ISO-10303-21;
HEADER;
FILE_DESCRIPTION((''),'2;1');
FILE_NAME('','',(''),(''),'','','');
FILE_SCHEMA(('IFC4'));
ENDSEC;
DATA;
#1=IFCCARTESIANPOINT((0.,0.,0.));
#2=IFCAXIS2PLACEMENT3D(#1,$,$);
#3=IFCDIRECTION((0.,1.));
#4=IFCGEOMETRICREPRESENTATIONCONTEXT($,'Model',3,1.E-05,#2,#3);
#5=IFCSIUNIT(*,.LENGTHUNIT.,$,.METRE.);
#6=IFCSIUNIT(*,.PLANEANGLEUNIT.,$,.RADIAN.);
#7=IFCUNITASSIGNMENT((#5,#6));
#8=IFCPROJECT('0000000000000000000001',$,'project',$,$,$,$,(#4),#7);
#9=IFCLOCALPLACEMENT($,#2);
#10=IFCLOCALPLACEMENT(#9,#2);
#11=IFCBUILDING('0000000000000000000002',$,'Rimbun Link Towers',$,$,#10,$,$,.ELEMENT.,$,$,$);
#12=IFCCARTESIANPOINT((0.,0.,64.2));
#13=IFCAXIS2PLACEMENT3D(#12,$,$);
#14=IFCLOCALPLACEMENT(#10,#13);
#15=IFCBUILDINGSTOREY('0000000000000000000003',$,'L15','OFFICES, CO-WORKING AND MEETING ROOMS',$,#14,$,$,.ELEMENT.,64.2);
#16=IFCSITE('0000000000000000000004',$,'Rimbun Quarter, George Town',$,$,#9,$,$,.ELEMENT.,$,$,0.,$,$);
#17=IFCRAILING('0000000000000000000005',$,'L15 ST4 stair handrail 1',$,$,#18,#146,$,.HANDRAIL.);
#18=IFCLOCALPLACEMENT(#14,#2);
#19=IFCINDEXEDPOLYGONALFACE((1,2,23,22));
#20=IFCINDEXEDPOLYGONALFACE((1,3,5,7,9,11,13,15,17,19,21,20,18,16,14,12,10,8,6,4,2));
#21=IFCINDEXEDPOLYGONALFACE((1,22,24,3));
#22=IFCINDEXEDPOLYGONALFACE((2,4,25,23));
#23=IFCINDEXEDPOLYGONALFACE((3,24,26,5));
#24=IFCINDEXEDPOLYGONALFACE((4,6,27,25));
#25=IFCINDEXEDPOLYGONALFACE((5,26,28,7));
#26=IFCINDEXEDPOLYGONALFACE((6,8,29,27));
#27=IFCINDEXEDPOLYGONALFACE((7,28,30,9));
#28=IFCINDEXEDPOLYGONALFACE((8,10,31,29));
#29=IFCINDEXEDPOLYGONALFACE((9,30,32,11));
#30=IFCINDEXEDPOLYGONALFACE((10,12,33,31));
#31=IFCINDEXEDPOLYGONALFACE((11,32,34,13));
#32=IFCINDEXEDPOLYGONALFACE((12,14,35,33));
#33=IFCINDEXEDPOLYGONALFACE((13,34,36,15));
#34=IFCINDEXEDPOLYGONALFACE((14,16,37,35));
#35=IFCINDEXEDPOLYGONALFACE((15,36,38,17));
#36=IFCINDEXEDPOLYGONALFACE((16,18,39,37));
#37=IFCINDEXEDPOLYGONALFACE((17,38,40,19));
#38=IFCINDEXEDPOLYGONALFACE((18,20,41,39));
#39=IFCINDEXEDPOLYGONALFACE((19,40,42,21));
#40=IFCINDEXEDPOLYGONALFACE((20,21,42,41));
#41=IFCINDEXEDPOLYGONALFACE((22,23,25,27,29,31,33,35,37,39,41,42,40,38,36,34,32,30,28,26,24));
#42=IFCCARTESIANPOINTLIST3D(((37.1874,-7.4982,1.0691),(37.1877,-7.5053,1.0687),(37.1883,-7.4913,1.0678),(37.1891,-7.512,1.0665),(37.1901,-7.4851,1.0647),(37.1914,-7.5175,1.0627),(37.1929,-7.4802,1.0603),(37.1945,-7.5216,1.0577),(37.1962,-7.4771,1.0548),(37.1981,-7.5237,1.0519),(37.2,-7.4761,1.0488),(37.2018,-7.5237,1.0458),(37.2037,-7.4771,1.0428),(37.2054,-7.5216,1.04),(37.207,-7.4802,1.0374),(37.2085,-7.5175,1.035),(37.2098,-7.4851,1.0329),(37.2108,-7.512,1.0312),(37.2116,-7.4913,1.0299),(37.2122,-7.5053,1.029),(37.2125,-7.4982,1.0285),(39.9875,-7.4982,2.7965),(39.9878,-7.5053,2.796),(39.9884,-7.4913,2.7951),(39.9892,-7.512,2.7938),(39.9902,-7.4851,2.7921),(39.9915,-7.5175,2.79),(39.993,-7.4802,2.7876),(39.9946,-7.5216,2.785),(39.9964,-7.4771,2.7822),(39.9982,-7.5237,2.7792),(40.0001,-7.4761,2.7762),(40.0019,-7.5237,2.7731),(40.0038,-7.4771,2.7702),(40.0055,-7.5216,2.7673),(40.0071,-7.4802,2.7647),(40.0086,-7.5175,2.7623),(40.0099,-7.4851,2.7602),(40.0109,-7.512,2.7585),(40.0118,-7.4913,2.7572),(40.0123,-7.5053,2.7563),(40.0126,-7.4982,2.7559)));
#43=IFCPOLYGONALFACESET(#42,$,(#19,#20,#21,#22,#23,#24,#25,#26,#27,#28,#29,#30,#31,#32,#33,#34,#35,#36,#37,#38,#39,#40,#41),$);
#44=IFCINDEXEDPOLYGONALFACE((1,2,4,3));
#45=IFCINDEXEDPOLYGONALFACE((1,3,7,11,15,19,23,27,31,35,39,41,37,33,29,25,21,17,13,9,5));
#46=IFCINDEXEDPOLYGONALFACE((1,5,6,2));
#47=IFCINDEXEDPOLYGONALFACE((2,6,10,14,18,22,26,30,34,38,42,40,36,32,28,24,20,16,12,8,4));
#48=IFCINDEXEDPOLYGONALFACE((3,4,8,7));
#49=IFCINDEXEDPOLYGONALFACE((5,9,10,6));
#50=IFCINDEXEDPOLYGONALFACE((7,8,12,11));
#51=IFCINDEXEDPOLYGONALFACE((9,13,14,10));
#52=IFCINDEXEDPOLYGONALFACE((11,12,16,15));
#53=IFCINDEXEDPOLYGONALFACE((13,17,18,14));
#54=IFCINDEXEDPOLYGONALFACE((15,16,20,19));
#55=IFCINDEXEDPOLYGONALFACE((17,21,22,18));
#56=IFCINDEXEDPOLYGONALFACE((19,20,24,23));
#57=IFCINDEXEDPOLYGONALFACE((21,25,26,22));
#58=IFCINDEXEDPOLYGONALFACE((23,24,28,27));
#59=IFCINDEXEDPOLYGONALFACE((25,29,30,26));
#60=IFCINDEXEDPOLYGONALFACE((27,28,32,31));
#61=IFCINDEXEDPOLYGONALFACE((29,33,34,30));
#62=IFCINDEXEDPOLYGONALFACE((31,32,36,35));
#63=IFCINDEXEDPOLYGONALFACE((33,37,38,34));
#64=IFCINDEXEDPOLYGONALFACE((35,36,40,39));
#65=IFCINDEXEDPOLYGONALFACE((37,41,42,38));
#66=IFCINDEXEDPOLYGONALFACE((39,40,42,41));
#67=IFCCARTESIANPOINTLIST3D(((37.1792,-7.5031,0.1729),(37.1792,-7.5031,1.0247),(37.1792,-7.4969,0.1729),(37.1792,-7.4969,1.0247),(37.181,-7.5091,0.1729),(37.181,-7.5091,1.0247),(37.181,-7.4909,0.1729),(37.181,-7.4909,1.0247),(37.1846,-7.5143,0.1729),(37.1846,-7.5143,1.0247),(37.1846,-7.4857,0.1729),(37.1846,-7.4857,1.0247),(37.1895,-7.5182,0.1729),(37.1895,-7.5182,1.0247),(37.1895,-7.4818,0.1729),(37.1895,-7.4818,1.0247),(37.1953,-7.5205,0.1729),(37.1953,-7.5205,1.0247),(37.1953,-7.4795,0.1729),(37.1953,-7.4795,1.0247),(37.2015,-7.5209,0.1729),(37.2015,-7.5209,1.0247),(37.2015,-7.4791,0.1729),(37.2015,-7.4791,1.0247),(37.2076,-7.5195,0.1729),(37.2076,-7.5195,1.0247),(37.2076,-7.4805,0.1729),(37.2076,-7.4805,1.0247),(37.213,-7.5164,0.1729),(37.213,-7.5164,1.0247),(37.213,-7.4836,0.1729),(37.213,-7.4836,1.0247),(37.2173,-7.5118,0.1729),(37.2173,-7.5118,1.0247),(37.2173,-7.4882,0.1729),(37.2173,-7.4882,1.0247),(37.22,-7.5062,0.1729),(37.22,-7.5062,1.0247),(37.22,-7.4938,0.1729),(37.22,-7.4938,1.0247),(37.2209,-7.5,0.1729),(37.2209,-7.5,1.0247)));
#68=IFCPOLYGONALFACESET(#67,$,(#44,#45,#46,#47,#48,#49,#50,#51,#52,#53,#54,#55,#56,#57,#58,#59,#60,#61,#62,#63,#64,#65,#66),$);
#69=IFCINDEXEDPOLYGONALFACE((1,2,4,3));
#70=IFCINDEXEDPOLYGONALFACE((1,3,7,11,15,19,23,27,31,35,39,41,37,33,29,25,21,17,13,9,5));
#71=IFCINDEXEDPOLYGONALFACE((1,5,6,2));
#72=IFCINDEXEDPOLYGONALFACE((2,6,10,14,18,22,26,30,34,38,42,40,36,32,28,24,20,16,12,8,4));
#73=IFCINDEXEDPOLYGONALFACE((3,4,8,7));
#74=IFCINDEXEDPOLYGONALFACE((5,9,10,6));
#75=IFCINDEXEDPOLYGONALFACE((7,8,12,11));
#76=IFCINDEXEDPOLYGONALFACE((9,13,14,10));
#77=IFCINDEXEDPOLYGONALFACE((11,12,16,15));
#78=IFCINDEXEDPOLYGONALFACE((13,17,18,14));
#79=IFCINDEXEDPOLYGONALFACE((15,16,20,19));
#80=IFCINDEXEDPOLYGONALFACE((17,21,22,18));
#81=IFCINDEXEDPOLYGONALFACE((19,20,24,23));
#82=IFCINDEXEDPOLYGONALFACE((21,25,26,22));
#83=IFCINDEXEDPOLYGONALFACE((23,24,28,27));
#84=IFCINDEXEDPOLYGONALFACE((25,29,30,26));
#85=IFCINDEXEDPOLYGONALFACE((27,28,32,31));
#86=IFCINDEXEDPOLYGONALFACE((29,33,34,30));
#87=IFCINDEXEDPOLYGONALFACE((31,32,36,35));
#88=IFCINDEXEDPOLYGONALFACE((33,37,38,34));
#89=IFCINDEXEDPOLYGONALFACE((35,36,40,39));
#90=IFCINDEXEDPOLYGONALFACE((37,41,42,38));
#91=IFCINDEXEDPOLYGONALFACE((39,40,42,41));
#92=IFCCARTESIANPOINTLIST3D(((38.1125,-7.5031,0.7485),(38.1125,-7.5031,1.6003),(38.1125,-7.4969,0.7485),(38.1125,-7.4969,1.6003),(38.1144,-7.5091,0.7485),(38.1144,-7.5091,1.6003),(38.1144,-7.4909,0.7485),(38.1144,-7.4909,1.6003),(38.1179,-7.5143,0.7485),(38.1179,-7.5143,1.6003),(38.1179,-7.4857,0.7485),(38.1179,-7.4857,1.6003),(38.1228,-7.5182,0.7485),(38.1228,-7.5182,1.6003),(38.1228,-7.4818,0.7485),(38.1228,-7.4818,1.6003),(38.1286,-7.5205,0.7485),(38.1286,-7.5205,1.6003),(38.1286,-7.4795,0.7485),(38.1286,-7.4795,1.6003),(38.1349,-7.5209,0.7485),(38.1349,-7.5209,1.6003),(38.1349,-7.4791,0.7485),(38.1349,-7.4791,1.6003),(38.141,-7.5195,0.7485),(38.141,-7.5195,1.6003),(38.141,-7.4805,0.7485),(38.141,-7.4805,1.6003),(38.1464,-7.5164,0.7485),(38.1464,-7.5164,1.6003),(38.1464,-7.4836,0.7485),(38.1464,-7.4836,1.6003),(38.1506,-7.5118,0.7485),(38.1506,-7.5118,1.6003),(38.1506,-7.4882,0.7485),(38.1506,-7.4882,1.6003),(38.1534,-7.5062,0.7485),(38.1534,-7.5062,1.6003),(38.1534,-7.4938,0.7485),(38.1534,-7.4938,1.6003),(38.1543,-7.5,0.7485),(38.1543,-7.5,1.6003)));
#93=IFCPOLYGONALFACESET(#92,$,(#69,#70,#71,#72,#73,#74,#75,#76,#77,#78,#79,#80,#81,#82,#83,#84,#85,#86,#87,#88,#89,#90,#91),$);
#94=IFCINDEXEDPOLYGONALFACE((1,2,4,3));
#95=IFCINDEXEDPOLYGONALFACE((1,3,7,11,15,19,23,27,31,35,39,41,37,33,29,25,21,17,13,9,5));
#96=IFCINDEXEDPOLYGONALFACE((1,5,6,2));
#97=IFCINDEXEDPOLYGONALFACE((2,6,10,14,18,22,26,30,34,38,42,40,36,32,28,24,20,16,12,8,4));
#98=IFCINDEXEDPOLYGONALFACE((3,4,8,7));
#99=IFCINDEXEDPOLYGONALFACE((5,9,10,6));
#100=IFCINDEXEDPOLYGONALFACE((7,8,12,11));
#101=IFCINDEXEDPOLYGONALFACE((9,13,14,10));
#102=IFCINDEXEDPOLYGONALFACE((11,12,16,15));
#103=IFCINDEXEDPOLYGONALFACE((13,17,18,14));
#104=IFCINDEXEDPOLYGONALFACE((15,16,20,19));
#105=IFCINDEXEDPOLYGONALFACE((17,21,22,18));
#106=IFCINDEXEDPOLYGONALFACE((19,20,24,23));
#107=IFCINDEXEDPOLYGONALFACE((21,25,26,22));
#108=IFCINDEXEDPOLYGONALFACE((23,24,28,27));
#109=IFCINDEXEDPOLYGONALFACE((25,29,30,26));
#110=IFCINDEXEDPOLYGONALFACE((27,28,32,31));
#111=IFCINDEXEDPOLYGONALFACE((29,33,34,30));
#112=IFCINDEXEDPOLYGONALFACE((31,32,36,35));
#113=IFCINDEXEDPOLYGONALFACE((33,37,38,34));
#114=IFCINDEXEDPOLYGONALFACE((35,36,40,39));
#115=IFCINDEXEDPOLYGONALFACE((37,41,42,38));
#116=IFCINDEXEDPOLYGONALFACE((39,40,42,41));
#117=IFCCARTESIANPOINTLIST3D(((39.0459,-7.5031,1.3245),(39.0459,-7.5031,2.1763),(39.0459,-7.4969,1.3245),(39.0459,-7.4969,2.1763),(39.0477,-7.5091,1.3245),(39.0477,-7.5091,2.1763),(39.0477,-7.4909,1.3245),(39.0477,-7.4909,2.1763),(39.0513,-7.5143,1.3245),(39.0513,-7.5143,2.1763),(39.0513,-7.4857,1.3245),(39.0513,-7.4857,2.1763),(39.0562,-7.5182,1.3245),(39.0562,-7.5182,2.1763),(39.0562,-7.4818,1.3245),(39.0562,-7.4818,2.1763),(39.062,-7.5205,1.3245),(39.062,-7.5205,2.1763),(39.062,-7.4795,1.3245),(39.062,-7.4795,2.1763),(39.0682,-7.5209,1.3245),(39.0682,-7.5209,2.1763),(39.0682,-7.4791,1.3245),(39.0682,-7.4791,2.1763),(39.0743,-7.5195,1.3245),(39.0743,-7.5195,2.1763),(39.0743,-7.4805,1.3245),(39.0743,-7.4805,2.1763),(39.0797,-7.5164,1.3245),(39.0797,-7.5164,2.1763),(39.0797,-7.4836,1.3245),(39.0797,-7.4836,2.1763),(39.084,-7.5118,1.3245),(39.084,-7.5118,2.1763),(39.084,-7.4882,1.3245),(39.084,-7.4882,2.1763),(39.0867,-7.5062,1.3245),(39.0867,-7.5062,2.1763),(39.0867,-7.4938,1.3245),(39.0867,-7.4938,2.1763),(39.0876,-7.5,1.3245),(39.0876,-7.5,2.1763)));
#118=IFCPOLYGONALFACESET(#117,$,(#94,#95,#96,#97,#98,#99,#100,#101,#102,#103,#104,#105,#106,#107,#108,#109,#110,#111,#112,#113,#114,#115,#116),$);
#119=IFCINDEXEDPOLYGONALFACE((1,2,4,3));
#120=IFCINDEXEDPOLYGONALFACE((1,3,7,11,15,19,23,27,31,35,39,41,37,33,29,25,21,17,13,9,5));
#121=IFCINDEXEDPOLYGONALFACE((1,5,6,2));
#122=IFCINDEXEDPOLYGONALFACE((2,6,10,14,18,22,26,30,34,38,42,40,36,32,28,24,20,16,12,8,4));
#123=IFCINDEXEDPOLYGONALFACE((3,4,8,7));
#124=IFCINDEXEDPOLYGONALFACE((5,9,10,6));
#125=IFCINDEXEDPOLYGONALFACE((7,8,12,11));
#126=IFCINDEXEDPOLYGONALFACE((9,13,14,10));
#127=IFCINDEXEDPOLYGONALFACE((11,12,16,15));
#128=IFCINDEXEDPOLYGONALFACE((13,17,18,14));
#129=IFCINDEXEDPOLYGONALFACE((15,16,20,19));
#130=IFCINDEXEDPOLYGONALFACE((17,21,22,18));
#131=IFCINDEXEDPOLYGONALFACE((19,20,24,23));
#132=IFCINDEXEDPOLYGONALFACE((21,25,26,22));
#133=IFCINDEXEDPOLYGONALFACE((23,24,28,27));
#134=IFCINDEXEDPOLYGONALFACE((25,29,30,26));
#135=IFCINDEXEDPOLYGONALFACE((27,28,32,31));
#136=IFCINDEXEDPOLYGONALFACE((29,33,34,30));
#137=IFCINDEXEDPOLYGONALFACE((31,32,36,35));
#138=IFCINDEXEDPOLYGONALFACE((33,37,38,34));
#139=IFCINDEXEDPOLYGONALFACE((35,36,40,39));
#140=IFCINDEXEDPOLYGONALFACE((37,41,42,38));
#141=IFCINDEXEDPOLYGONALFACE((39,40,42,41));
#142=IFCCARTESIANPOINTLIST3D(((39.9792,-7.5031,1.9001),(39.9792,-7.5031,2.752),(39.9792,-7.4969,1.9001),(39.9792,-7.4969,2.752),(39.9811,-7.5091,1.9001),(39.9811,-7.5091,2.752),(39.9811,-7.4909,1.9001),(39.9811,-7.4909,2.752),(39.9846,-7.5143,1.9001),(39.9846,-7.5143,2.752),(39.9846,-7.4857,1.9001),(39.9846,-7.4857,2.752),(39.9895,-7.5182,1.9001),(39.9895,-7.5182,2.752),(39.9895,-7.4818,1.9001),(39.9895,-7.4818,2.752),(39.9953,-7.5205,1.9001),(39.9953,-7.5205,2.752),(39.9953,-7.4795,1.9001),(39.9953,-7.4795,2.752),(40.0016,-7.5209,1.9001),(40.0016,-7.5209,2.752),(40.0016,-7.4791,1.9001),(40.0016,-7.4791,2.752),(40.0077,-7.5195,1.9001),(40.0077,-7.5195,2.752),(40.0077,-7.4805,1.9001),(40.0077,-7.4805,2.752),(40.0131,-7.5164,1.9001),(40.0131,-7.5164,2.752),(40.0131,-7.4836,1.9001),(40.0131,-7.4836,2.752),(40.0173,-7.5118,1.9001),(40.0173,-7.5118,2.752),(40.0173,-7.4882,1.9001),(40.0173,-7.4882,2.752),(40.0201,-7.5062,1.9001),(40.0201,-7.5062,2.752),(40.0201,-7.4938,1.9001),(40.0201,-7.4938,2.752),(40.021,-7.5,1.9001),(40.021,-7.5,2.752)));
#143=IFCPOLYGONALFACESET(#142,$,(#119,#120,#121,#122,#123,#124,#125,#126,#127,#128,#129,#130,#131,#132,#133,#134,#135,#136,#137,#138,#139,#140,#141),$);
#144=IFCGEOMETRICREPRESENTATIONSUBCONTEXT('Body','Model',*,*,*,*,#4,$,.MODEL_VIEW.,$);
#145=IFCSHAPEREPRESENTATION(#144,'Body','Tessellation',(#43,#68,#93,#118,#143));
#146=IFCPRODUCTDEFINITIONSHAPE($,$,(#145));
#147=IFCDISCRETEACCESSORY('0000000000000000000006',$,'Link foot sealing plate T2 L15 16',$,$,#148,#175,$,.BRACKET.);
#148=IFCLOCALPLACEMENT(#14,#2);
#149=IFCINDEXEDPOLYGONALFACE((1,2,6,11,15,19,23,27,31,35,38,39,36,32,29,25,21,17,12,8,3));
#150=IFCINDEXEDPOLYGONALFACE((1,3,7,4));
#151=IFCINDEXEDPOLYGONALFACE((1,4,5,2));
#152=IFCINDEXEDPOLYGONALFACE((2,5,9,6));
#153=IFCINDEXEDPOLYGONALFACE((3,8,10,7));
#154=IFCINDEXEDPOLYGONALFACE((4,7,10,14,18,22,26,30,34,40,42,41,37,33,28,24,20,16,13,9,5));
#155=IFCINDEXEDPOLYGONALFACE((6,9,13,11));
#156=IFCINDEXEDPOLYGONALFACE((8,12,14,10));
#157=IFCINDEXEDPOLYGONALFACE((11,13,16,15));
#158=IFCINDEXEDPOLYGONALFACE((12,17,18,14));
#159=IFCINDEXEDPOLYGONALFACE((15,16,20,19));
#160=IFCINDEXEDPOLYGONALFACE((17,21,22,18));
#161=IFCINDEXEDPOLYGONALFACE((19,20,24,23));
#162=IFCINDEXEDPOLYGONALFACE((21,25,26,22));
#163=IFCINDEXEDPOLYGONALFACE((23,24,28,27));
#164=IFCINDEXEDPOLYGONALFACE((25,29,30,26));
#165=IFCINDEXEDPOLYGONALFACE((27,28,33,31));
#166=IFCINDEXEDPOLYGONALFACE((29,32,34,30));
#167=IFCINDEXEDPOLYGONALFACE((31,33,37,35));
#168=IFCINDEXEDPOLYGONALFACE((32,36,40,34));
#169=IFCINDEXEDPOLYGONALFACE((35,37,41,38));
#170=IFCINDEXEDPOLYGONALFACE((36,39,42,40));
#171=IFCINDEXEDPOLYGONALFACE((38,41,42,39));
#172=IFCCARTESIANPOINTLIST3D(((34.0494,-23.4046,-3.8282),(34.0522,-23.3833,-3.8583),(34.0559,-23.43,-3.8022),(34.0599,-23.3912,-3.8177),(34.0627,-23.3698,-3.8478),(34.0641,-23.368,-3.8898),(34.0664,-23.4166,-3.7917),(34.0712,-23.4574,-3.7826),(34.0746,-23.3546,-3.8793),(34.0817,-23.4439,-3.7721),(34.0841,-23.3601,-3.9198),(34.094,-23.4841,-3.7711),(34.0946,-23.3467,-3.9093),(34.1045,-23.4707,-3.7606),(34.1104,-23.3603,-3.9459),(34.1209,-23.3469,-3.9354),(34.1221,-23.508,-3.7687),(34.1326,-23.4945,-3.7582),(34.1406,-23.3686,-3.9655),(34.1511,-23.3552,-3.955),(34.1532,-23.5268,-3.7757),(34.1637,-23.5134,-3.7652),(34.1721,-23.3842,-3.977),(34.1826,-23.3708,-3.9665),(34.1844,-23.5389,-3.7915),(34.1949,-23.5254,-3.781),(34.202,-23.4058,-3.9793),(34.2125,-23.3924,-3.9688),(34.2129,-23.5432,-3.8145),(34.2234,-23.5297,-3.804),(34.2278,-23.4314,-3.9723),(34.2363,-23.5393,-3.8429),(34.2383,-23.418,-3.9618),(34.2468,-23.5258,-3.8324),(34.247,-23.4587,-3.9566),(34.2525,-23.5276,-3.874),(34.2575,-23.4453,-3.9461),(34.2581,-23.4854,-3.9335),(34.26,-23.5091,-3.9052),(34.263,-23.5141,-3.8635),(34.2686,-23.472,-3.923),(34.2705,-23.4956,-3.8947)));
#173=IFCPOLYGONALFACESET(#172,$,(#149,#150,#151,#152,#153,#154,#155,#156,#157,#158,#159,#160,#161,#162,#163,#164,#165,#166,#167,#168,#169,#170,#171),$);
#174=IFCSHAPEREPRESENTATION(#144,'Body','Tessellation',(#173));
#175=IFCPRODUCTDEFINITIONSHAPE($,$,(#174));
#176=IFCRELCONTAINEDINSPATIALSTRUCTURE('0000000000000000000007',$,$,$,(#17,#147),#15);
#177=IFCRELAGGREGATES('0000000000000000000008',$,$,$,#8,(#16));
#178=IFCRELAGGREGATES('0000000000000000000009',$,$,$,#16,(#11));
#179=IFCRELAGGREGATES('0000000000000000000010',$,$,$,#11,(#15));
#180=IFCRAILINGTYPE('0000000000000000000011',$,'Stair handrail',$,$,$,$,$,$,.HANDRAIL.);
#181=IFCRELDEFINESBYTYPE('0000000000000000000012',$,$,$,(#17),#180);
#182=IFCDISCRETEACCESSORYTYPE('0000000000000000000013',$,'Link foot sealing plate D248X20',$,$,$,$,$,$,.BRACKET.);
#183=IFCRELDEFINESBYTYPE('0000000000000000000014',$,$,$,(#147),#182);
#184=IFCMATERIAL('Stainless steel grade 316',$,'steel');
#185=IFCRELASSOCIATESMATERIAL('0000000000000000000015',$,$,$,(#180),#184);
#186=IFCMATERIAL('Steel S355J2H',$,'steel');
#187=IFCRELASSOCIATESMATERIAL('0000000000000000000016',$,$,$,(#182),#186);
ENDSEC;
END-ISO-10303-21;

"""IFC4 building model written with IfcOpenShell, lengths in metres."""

from ifc_helpers import new_model, si_unit, direction, frame, origin, origin_2d, place, context, subcontext, project, spatial, circle, extrude, material, material_profile, profile_set, type_object, element, save


model = new_model("IFC4")

# Units and contexts
model_context = context("Model", 3, precision=1e-05, world=origin(), true_north=direction((0.0, 1.0)))
body_context = subcontext(model_context, "Body", "Model", "MODEL_VIEW")
ifc_project = project(units=[si_unit("LENGTHUNIT", "METRE"), si_unit("PLANEANGLEUNIT", "RADIAN")], contexts=[model_context])

# Site, building, storey
site_placement = place(None, origin())
site = spatial("IfcSite", under=ifc_project, at=site_placement, Name="Rimbun Quarter, George Town", CompositionType="ELEMENT", RefElevation=0.0)
building_placement = place(site_placement, origin())
building = spatial("IfcBuilding", under=site, at=building_placement, Name="Rimbun Link Towers", CompositionType="ELEMENT")
storey_placement = place(building_placement, frame((0.0, 0.0, 64.2)))
storey = spatial("IfcBuildingStorey", under=building, at=storey_placement, Name="L15", Description="OFFICES, CO-WORKING AND MEETING ROOMS", CompositionType="ELEMENT", Elevation=64.2)

# Railing
ifc_material_1 = material(Name="Stainless steel grade 316", Category="steel")
railing_type_1 = type_object("IfcRailingType", Name="Stair handrail", PredefinedType="HANDRAIL", material=ifc_material_1)
railing_1_placement = place(storey_placement, frame((37.2, -7.5, 0.1729)))
element("IfcRailing", 1, at=railing_1_placement, inside=storey, type_object=railing_type_1, Name="L15 ST4 stair handrail 1", PredefinedType="HANDRAIL", context=body_context, shape_type="SweptSolid", body=[
    extrude(circle(Radius=0.0239, at=origin_2d()), frame((0.0, 0.0, 0.876), z_axis=(0.85109, 0.0, 0.52502), x_axis=(0.0, 1.0, 0.0)), (0.0, 0.0, 1.0), 3.29),
    extrude(circle(Radius=0.021, at=origin_2d()), origin(), (0.0, 0.0, 1.0), 0.8518),
    extrude(circle(Radius=0.021, at=origin_2d()), frame((0.9333, 0.0, 0.5757)), (0.0, 0.0, 1.0), 0.8518),
    extrude(circle(Radius=0.021, at=origin_2d()), frame((1.8667, 0.0, 1.1516)), (0.0, 0.0, 1.0), 0.8518),
    extrude(circle(Radius=0.021, at=origin_2d()), frame((2.8, 0.0, 1.7273)), (0.0, 0.0, 1.0), 0.8518),
])

# Discrete accessory
ifc_material_2 = material(Name="Steel S355J2H", Category="steel")
ifc_material_profile_1 = material_profile(ifc_material_2, circle(Radius=0.124, at=origin_2d()), Name="PL D248")
ifc_profile_set_1 = profile_set([ifc_material_profile_1], Name="Steel S355J2H")
discrete_accessory_type = type_object("IfcDiscreteAccessoryType", Name="Link foot sealing plate D248X20", PredefinedType="BRACKET", material=ifc_profile_set_1)
discrete_accessory_placement = place(storey_placement, frame((34.1653, -23.4377, -3.8635), z_axis=(-0.524429, -0.670782, -0.524429), x_axis=(0.787807, -0.615922, 0.0)))
element("IfcDiscreteAccessory", 2, at=discrete_accessory_placement, inside=storey, type_object=discrete_accessory_type, Name="Link foot sealing plate T2 L15 16", PredefinedType="BRACKET", context=body_context, shape_type="SweptSolid", body=[
    extrude(circle(Radius=0.124, at=origin_2d()), origin(), (0.0, 0.0, 1.0), 0.02),
])

save(model, "model.ifc")
